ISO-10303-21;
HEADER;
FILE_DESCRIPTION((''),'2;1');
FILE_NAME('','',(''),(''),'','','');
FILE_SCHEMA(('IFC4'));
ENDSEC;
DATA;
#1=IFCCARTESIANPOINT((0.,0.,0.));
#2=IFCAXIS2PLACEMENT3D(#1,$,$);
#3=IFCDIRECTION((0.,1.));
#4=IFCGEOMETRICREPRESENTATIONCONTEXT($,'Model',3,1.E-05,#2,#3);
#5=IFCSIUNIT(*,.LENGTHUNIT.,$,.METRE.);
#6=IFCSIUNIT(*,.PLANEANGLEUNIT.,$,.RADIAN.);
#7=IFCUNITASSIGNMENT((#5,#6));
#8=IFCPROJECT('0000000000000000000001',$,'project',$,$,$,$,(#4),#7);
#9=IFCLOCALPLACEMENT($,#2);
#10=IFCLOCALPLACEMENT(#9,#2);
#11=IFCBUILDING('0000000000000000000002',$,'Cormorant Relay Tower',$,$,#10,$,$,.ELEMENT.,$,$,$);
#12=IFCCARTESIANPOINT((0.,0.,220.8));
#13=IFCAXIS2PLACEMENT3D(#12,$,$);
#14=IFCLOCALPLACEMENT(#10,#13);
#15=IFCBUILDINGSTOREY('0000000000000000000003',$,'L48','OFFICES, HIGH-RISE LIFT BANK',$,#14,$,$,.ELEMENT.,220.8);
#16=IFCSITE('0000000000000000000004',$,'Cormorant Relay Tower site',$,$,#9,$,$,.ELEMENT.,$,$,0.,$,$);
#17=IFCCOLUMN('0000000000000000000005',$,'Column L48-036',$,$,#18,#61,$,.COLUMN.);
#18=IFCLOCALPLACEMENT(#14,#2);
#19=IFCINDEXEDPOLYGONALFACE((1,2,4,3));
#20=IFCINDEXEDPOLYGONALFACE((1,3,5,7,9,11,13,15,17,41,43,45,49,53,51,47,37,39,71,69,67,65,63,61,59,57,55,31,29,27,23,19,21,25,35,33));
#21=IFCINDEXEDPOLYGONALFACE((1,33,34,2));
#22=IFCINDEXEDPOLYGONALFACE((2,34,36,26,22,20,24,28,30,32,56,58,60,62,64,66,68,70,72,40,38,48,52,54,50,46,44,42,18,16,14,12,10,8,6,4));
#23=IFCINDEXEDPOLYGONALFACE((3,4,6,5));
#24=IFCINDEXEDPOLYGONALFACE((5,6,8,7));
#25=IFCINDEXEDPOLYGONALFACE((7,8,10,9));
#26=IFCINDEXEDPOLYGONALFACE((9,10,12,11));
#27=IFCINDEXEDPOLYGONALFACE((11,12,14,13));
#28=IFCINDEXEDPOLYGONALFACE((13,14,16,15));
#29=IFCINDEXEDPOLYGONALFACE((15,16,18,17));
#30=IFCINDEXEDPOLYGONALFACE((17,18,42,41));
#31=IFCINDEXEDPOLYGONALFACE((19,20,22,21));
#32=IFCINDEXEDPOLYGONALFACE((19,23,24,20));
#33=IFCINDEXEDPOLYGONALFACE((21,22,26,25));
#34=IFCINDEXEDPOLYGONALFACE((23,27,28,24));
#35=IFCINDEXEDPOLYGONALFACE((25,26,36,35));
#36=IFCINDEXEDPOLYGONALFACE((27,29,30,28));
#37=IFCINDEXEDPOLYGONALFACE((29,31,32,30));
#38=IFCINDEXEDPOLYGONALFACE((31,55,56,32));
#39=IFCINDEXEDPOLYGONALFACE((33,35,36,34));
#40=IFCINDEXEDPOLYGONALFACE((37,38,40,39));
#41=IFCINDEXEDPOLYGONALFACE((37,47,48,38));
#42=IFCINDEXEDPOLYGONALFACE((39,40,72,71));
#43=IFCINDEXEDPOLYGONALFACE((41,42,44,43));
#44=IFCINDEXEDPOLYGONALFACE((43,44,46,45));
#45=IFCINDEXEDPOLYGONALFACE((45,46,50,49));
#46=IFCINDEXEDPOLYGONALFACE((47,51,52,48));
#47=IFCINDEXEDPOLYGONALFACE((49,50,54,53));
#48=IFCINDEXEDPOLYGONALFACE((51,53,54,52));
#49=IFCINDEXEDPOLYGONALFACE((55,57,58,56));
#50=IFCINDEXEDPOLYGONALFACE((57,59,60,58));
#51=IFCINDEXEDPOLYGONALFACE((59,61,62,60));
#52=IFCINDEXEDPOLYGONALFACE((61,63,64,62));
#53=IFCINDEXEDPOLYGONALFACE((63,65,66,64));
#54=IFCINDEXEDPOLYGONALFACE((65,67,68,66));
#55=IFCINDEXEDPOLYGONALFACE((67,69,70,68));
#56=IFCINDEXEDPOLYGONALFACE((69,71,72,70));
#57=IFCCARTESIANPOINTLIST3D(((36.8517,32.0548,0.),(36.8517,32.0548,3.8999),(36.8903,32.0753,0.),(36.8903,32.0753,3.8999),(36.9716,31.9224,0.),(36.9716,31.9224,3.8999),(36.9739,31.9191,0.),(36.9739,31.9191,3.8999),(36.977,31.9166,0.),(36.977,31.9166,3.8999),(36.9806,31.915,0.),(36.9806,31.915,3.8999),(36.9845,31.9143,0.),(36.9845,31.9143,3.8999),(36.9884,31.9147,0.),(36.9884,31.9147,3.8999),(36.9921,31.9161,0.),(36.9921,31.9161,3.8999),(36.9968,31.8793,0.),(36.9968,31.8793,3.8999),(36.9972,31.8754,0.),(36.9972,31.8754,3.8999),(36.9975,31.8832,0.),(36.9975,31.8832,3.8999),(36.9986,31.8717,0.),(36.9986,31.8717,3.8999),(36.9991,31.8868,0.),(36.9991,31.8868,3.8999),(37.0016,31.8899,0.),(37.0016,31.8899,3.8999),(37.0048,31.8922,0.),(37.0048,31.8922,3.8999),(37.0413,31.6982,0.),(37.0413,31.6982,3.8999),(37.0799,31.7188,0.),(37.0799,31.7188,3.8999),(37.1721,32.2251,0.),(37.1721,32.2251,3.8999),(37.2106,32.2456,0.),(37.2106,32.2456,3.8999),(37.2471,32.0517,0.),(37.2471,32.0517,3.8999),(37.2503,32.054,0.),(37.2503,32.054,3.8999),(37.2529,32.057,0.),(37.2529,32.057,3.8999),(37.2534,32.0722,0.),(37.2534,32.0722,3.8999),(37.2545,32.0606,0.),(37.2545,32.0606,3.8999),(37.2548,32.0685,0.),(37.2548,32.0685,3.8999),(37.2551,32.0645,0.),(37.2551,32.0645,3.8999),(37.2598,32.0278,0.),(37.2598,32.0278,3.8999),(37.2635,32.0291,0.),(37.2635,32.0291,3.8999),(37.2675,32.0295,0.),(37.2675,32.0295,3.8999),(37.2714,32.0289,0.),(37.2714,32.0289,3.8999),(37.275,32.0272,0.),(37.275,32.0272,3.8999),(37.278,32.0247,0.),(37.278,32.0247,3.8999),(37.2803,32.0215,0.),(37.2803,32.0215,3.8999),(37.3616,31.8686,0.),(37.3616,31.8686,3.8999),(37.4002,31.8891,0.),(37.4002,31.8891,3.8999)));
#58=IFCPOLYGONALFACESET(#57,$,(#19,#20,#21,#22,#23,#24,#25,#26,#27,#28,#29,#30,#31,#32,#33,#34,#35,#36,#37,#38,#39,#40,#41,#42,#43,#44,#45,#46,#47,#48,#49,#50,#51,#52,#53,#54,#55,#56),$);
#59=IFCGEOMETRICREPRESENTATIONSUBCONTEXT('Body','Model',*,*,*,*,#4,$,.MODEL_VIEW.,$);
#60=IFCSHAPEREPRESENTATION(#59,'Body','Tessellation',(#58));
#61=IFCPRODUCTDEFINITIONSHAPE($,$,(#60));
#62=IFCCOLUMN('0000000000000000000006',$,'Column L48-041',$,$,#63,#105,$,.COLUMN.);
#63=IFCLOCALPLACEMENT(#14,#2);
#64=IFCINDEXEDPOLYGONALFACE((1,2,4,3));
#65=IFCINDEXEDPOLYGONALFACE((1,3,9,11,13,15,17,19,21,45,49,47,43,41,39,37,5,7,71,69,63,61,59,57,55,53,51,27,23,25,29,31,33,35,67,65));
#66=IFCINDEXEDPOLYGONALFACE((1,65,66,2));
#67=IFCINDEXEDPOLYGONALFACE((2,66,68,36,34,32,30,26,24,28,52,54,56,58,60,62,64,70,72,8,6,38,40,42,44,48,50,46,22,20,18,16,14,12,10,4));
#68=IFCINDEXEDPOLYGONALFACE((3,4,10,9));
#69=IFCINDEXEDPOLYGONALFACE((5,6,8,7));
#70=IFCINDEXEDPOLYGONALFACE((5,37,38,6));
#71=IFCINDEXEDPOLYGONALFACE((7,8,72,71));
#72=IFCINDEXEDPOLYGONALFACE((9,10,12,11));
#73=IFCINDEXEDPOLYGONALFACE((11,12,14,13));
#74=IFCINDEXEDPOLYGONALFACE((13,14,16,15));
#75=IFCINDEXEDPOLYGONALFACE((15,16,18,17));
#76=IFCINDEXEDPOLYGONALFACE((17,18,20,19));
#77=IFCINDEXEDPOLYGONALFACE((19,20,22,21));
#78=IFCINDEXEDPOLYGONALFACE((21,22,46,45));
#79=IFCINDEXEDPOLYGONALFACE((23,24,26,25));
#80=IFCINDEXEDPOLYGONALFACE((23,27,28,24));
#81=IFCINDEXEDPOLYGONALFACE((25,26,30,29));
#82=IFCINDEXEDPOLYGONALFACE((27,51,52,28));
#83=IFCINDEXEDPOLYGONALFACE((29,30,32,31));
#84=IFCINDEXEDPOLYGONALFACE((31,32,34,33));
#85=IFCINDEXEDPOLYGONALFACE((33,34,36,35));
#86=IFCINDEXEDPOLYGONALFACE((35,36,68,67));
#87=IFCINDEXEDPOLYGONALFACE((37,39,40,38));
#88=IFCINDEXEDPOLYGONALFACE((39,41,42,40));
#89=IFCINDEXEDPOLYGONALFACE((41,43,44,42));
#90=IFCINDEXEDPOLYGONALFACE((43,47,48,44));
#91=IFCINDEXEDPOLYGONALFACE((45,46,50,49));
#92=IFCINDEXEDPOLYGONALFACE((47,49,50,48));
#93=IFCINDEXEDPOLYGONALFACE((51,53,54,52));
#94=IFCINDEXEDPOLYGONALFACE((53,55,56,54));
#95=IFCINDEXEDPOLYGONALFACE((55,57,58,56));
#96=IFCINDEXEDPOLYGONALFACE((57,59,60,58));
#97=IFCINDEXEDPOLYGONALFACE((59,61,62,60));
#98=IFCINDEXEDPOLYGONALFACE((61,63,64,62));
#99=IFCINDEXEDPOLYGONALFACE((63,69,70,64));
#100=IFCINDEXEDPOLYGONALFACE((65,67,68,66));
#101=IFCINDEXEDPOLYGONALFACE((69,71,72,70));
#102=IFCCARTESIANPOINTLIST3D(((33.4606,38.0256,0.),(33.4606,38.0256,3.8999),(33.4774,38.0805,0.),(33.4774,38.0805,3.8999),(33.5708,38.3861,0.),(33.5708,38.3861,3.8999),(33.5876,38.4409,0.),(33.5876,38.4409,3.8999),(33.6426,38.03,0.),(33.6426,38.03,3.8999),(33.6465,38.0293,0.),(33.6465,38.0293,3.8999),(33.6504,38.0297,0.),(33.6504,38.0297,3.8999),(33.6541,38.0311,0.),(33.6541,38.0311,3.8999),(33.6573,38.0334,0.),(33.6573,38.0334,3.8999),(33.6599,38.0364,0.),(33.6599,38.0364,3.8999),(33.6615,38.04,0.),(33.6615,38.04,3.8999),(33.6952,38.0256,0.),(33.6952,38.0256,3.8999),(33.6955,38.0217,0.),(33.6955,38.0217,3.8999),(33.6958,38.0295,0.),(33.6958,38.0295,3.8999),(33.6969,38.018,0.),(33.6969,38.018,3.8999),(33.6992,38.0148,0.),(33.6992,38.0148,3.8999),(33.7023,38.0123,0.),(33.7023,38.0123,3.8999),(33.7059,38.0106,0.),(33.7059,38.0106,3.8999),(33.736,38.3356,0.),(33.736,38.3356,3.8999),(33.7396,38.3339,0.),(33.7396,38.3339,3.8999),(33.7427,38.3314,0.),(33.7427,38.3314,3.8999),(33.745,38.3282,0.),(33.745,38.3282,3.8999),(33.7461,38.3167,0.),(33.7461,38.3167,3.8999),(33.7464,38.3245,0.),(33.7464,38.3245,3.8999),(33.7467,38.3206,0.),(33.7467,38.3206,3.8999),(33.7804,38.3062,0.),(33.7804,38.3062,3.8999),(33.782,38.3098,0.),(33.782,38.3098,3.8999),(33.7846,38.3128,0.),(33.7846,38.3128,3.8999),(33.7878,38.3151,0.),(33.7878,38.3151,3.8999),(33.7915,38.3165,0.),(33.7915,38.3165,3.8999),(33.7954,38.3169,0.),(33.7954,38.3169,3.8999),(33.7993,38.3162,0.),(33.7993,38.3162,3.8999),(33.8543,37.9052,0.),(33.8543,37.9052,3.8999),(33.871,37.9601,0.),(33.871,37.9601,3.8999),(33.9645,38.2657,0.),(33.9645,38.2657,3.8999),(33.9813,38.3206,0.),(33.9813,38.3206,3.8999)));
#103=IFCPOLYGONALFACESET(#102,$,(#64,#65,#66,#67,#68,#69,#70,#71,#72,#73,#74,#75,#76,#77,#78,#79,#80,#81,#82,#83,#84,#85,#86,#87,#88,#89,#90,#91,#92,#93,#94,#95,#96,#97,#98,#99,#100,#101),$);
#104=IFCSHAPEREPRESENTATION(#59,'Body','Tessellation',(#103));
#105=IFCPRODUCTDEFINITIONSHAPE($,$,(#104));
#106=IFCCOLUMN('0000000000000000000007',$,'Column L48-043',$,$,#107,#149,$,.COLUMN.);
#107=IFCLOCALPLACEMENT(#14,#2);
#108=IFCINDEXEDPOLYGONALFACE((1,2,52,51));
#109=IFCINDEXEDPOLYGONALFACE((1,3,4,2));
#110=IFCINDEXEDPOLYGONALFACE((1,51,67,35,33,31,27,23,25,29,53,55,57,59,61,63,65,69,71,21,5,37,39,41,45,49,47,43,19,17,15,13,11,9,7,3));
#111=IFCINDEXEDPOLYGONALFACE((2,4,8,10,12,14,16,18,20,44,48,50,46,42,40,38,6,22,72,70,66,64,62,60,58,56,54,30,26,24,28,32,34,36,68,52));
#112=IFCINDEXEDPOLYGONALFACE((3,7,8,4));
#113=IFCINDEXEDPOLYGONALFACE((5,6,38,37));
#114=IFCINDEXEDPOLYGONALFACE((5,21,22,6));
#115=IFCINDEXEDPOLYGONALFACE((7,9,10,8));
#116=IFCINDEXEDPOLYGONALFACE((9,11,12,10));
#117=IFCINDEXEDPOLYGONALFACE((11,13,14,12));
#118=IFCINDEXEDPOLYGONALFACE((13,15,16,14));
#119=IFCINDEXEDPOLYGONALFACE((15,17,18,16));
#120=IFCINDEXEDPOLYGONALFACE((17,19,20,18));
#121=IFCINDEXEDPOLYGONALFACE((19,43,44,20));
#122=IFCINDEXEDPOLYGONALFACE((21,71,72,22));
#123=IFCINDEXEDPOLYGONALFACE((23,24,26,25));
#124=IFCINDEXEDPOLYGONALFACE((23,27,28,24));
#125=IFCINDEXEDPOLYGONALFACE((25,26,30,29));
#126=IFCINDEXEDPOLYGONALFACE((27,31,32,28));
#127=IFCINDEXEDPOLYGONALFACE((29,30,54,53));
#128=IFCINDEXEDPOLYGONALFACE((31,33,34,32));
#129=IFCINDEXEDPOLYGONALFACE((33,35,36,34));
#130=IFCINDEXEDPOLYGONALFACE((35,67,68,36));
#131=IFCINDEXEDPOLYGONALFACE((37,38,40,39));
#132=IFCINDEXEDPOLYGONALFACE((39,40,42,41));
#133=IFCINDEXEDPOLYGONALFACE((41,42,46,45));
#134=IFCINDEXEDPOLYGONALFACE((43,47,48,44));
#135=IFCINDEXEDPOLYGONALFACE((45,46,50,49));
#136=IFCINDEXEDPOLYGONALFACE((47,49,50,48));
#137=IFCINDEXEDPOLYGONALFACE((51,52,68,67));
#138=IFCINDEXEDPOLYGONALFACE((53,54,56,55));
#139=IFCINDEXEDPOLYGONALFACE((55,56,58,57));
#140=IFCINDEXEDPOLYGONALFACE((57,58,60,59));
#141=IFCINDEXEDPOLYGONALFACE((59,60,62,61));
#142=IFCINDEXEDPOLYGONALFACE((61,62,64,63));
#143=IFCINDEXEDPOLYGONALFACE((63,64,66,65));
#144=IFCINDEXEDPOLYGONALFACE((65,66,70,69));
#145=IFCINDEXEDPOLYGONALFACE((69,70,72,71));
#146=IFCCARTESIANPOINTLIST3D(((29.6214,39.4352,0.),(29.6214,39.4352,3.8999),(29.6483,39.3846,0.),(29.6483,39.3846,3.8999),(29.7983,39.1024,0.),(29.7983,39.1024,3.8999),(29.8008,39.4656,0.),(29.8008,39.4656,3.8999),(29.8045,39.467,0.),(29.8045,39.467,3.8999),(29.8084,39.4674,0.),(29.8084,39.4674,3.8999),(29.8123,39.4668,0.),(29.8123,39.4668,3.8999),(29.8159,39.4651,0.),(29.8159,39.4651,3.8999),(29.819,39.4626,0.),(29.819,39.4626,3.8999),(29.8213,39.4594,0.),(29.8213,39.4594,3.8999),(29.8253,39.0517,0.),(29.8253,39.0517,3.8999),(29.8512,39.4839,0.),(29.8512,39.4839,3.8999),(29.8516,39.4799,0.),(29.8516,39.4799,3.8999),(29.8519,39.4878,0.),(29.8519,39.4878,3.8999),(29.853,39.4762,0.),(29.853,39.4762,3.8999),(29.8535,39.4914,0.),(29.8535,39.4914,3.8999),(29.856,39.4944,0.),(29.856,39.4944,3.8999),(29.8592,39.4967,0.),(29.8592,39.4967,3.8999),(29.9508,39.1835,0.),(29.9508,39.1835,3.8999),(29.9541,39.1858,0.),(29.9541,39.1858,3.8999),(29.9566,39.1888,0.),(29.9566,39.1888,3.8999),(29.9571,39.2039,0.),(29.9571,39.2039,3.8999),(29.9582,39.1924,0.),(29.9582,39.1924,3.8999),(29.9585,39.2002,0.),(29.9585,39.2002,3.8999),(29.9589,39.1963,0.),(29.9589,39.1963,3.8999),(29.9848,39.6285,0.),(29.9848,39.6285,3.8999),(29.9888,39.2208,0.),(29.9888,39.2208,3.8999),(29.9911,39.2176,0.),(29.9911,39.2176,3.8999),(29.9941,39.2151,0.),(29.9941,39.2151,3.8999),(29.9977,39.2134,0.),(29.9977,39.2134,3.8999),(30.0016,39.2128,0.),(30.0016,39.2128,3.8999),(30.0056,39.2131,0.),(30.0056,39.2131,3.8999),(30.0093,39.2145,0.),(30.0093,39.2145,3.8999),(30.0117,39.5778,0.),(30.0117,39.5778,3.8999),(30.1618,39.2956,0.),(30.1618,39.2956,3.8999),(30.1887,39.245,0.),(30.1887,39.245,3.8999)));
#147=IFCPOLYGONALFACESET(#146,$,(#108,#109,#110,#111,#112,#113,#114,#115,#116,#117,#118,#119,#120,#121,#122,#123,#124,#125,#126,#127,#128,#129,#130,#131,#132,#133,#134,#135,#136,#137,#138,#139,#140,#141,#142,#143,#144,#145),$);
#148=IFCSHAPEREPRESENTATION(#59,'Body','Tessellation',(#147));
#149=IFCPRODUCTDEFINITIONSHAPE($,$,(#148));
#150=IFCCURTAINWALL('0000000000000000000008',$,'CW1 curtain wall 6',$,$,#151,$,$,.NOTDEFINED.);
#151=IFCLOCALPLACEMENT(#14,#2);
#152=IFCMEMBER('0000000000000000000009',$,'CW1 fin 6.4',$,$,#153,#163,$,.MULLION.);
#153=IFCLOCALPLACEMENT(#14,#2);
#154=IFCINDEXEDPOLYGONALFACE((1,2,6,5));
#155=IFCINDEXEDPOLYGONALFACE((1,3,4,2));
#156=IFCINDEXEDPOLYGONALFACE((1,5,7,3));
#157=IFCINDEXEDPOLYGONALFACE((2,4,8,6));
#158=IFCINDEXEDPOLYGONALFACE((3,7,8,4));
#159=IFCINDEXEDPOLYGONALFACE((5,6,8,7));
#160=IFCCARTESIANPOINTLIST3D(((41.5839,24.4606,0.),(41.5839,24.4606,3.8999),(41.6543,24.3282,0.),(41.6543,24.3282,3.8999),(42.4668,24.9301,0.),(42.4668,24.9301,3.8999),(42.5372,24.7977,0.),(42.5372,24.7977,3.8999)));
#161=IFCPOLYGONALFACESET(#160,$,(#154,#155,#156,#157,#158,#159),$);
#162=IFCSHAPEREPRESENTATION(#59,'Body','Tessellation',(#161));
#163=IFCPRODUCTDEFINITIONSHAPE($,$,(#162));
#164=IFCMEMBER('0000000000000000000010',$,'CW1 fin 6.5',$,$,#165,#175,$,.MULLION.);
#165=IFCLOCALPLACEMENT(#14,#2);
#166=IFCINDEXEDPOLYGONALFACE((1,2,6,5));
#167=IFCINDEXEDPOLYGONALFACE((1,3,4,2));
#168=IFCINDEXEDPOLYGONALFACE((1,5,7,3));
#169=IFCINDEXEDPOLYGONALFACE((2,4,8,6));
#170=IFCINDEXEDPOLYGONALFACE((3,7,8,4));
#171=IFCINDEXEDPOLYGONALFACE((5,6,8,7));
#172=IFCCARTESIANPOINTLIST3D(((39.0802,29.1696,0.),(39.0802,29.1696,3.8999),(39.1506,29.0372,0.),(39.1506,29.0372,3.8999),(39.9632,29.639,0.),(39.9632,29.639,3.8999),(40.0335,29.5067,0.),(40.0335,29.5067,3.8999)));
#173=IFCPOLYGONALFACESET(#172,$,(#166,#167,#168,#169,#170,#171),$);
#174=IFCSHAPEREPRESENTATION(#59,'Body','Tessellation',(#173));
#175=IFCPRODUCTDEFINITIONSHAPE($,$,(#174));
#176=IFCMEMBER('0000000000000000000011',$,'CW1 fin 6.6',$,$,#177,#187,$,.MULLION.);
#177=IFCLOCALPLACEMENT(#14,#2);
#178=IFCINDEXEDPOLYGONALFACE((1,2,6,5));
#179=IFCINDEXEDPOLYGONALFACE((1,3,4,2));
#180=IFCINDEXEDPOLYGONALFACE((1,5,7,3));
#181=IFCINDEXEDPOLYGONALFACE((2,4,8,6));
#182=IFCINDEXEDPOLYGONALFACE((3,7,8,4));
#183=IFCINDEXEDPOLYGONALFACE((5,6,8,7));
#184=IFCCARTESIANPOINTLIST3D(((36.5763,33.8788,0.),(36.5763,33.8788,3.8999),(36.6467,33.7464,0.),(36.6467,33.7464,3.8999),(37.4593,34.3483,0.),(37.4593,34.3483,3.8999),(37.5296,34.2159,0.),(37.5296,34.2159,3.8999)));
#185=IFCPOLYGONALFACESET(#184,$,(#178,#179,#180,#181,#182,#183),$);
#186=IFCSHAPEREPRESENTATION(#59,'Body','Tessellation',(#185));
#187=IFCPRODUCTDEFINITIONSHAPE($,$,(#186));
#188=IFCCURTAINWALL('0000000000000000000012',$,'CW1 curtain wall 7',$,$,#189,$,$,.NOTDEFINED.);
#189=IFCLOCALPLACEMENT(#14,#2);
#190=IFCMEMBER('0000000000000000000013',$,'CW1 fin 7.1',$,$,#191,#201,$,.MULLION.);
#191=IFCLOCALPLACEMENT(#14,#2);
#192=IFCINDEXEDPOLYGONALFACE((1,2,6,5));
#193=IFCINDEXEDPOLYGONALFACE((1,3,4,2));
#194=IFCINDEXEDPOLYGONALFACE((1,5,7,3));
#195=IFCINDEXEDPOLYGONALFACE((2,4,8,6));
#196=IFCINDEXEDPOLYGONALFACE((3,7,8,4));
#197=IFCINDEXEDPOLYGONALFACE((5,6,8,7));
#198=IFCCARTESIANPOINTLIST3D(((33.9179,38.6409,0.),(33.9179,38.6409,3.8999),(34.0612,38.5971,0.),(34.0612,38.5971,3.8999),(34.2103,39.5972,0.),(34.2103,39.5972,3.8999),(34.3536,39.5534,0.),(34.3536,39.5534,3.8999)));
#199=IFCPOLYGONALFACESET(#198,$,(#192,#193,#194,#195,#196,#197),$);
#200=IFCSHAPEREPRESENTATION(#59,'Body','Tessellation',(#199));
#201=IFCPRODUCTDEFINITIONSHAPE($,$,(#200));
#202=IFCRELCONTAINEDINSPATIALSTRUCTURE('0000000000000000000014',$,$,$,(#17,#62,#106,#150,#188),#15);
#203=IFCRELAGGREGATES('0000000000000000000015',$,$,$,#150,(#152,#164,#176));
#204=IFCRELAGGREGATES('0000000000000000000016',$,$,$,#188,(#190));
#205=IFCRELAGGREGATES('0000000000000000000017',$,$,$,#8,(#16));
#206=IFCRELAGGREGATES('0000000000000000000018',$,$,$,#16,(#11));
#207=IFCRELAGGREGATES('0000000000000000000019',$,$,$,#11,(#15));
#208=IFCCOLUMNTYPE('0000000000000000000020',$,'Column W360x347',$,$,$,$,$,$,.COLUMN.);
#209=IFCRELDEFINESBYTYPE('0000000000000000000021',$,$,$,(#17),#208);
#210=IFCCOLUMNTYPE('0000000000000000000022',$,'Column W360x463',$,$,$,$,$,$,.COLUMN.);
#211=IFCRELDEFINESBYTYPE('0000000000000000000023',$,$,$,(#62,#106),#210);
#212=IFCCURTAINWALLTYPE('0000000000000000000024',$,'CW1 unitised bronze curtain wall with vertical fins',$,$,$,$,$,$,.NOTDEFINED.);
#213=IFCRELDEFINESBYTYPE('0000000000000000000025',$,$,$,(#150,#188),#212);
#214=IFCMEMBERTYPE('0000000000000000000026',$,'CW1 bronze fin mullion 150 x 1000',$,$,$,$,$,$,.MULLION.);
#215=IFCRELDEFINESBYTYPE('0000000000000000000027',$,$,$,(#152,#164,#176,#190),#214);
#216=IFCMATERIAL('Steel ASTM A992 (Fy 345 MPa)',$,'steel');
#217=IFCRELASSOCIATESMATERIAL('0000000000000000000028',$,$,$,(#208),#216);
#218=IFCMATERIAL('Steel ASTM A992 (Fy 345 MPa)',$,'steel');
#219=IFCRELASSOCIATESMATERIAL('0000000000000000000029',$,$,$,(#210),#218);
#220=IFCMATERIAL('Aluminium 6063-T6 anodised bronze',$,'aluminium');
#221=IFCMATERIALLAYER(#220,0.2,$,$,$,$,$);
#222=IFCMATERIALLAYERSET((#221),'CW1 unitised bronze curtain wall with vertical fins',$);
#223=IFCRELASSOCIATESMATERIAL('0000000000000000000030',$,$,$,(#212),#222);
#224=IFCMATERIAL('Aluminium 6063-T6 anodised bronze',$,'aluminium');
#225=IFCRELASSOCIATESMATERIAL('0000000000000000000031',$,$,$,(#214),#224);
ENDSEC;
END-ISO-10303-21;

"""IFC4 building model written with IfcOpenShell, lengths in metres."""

from ifc_helpers import new_model, si_unit, direction, frame, origin, origin_2d, place, context, subcontext, project, spatial, rectangle, i_section, extrude, material, layer, layer_set, material_profile, profile_set, type_object, element, aggregate, save


model = new_model("IFC4")

# Units and contexts
model_context = context("Model", 3, precision=1e-05, world=origin(), true_north=direction((0.0, 1.0)))
body_context = subcontext(model_context, "Body", "Model", "MODEL_VIEW")
ifc_project = project(units=[si_unit("LENGTHUNIT", "METRE"), si_unit("PLANEANGLEUNIT", "RADIAN")], contexts=[model_context])

# Site, building, storey
site_placement = place(None, origin())
site = spatial("IfcSite", under=ifc_project, at=site_placement, Name="Cormorant Relay Tower site", CompositionType="ELEMENT", RefElevation=0.0)
building_placement = place(site_placement, origin())
building = spatial("IfcBuilding", under=site, at=building_placement, Name="Cormorant Relay Tower", CompositionType="ELEMENT")
storey_placement = place(building_placement, frame((0.0, 0.0, 220.8)))
storey = spatial("IfcBuildingStorey", under=building, at=storey_placement, Name="L48", Description="OFFICES, HIGH-RISE LIFT BANK", CompositionType="ELEMENT", Elevation=220.8)

# Columns
ifc_material_1 = material(Name="Steel ASTM A992 (Fy 345 MPa)", Category="steel")
ifc_material_profile_1 = material_profile(ifc_material_1, i_section(OverallWidth=0.4038, OverallDepth=0.4065, WebThickness=0.0271, FlangeThickness=0.0437, FilletRadius=0.0151, at=origin_2d()), Name="W360x347")
ifc_profile_set_1 = profile_set([ifc_material_profile_1], Name="Steel ASTM A992 (Fy 345 MPa)")
column_type_1 = type_object("IfcColumnType", Name="Column W360x347", PredefinedType="COLUMN", material=ifc_profile_set_1)
column_placement = place(storey_placement, frame((37.126, 31.9719, 0.0), z_axis=(0.0, 0.0, 1.0), x_axis=(-0.469472, 0.882948, 0.0)))
element("IfcColumn", 1, at=column_placement, inside=storey, type_object=column_type_1, Name="Column L48-036", PredefinedType="COLUMN", context=body_context, shape_type="SweptSolid", body=[
    extrude(i_section(OverallWidth=0.4038, OverallDepth=0.4065, WebThickness=0.0271, FlangeThickness=0.0437, FilletRadius=0.0151, at=origin_2d()), origin(), (0.0, 0.0, 1.0), 3.8999),
])
ifc_material_2 = material(Name="Steel ASTM A992 (Fy 345 MPa)", Category="steel")
ifc_material_profile_2 = material_profile(ifc_material_2, i_section(OverallWidth=0.4116, OverallDepth=0.4343, WebThickness=0.0359, FlangeThickness=0.0574, FilletRadius=0.0151, at=origin_2d()), Name="W360x463")
ifc_profile_set_2 = profile_set([ifc_material_profile_2], Name="Steel ASTM A992 (Fy 345 MPa)")
column_type_2 = type_object("IfcColumnType", Name="Column W360x463", PredefinedType="COLUMN", material=ifc_profile_set_2)
for number, where, z_axis, x_axis, name in (
    (2, (33.7209, 38.1731, 0.0), (0.0, 0.0, 1.0), (-0.956305, 0.292372, 0.0), "Column L48-041"),
    (3, (29.905, 39.3401, 0.0), (0.0, 0.0, 1.0), (-0.882948, -0.469472, 0.0), "Column L48-043"),
):
    element("IfcColumn", number, at=place(storey_placement, frame(where, z_axis=z_axis, x_axis=x_axis)), inside=storey, type_object=column_type_2, Name=name, PredefinedType="COLUMN", context=body_context, shape_type="SweptSolid", body=[
        extrude(i_section(OverallWidth=0.4116, OverallDepth=0.4343, WebThickness=0.0359, FlangeThickness=0.0574, FilletRadius=0.0151, at=origin_2d()), origin(), (0.0, 0.0, 1.0), 3.8999),
    ])

# Curtain wall, members
ifc_material_3 = material(Name="Aluminium 6063-T6 anodised bronze", Category="aluminium")
ifc_layer_1 = layer(ifc_material_3, 0.2)
ifc_layer_set_1 = layer_set([ifc_layer_1], Name="CW1 unitised bronze curtain wall with vertical fins")
curtain_wall_type = type_object("IfcCurtainWallType", Name="CW1 unitised bronze curtain wall with vertical fins", PredefinedType="NOTDEFINED", material=ifc_layer_set_1)
curtain_wall_1_placement = place(storey_placement, origin())
curtain_wall_1 = element("IfcCurtainWall", 4, at=curtain_wall_1_placement, inside=storey, type_object=curtain_wall_type, Name="CW1 curtain wall 6", PredefinedType="NOTDEFINED")
ifc_material_4 = material(Name="Aluminium 6063-T6 anodised bronze", Category="aluminium")
ifc_material_profile_3 = material_profile(ifc_material_4, rectangle(XDim=0.1499, YDim=1.0, at=origin_2d()), Name="AL 150x1000")
ifc_profile_set_3 = profile_set([ifc_material_profile_3], Name="Aluminium 6063-T6 anodised bronze")
member_type_1 = type_object("IfcMemberType", Name="CW1 bronze fin mullion 150 x 1000", PredefinedType="MULLION", material=ifc_profile_set_3)
member_1_placement = place(storey_placement, frame((42.0605, 24.6292, 0.0), z_axis=(0.0, 0.0, 1.0), x_axis=(-0.469472, 0.882948, 0.0)))
member_1 = element("IfcMember", 5, at=member_1_placement, type_object=member_type_1, Name="CW1 fin 6.4", PredefinedType="MULLION", context=body_context, shape_type="SweptSolid", body=[
    extrude(rectangle(XDim=0.1499, YDim=1.0, at=origin_2d()), origin(), (0.0, 0.0, 1.0), 3.8999),
])
member_2_placement = place(storey_placement, frame((39.5569, 29.3381, 0.0), z_axis=(0.0, 0.0, 1.0), x_axis=(-0.469472, 0.882948, 0.0)))
member_2 = element("IfcMember", 6, at=member_2_placement, type_object=member_type_1, Name="CW1 fin 6.5", PredefinedType="MULLION", context=body_context, shape_type="SweptSolid", body=[
    extrude(rectangle(XDim=0.1499, YDim=1.0, at=origin_2d()), origin(), (0.0, 0.0, 1.0), 3.8999),
])
member_3_placement = place(storey_placement, frame((37.053, 34.0474, 0.0), z_axis=(0.0, 0.0, 1.0), x_axis=(-0.469472, 0.882948, 0.0)))
member_3 = element("IfcMember", 7, at=member_3_placement, type_object=member_type_1, Name="CW1 fin 6.6", PredefinedType="MULLION", context=body_context, shape_type="SweptSolid", body=[
    extrude(rectangle(XDim=0.1499, YDim=1.0, at=origin_2d()), origin(), (0.0, 0.0, 1.0), 3.8999),
])

# Curtain wall, member
curtain_wall_2_placement = place(storey_placement, origin())
curtain_wall_2 = element("IfcCurtainWall", 8, at=curtain_wall_2_placement, inside=storey, type_object=curtain_wall_type, Name="CW1 curtain wall 7", PredefinedType="NOTDEFINED")
member_4_placement = place(storey_placement, frame((34.1357, 39.0972, 0.0), z_axis=(0.0, 0.0, 1.0), x_axis=(-0.956305, 0.292372, 0.0)))
member_4 = element("IfcMember", 9, at=member_4_placement, type_object=member_type_1, Name="CW1 fin 7.1", PredefinedType="MULLION", context=body_context, shape_type="SweptSolid", body=[
    extrude(rectangle(XDim=0.1499, YDim=1.0, at=origin_2d()), origin(), (0.0, 0.0, 1.0), 3.8999),
])

aggregate(curtain_wall_1, [member_1, member_2, member_3])
aggregate(curtain_wall_2, [member_4])

save(model, "model.ifc")
